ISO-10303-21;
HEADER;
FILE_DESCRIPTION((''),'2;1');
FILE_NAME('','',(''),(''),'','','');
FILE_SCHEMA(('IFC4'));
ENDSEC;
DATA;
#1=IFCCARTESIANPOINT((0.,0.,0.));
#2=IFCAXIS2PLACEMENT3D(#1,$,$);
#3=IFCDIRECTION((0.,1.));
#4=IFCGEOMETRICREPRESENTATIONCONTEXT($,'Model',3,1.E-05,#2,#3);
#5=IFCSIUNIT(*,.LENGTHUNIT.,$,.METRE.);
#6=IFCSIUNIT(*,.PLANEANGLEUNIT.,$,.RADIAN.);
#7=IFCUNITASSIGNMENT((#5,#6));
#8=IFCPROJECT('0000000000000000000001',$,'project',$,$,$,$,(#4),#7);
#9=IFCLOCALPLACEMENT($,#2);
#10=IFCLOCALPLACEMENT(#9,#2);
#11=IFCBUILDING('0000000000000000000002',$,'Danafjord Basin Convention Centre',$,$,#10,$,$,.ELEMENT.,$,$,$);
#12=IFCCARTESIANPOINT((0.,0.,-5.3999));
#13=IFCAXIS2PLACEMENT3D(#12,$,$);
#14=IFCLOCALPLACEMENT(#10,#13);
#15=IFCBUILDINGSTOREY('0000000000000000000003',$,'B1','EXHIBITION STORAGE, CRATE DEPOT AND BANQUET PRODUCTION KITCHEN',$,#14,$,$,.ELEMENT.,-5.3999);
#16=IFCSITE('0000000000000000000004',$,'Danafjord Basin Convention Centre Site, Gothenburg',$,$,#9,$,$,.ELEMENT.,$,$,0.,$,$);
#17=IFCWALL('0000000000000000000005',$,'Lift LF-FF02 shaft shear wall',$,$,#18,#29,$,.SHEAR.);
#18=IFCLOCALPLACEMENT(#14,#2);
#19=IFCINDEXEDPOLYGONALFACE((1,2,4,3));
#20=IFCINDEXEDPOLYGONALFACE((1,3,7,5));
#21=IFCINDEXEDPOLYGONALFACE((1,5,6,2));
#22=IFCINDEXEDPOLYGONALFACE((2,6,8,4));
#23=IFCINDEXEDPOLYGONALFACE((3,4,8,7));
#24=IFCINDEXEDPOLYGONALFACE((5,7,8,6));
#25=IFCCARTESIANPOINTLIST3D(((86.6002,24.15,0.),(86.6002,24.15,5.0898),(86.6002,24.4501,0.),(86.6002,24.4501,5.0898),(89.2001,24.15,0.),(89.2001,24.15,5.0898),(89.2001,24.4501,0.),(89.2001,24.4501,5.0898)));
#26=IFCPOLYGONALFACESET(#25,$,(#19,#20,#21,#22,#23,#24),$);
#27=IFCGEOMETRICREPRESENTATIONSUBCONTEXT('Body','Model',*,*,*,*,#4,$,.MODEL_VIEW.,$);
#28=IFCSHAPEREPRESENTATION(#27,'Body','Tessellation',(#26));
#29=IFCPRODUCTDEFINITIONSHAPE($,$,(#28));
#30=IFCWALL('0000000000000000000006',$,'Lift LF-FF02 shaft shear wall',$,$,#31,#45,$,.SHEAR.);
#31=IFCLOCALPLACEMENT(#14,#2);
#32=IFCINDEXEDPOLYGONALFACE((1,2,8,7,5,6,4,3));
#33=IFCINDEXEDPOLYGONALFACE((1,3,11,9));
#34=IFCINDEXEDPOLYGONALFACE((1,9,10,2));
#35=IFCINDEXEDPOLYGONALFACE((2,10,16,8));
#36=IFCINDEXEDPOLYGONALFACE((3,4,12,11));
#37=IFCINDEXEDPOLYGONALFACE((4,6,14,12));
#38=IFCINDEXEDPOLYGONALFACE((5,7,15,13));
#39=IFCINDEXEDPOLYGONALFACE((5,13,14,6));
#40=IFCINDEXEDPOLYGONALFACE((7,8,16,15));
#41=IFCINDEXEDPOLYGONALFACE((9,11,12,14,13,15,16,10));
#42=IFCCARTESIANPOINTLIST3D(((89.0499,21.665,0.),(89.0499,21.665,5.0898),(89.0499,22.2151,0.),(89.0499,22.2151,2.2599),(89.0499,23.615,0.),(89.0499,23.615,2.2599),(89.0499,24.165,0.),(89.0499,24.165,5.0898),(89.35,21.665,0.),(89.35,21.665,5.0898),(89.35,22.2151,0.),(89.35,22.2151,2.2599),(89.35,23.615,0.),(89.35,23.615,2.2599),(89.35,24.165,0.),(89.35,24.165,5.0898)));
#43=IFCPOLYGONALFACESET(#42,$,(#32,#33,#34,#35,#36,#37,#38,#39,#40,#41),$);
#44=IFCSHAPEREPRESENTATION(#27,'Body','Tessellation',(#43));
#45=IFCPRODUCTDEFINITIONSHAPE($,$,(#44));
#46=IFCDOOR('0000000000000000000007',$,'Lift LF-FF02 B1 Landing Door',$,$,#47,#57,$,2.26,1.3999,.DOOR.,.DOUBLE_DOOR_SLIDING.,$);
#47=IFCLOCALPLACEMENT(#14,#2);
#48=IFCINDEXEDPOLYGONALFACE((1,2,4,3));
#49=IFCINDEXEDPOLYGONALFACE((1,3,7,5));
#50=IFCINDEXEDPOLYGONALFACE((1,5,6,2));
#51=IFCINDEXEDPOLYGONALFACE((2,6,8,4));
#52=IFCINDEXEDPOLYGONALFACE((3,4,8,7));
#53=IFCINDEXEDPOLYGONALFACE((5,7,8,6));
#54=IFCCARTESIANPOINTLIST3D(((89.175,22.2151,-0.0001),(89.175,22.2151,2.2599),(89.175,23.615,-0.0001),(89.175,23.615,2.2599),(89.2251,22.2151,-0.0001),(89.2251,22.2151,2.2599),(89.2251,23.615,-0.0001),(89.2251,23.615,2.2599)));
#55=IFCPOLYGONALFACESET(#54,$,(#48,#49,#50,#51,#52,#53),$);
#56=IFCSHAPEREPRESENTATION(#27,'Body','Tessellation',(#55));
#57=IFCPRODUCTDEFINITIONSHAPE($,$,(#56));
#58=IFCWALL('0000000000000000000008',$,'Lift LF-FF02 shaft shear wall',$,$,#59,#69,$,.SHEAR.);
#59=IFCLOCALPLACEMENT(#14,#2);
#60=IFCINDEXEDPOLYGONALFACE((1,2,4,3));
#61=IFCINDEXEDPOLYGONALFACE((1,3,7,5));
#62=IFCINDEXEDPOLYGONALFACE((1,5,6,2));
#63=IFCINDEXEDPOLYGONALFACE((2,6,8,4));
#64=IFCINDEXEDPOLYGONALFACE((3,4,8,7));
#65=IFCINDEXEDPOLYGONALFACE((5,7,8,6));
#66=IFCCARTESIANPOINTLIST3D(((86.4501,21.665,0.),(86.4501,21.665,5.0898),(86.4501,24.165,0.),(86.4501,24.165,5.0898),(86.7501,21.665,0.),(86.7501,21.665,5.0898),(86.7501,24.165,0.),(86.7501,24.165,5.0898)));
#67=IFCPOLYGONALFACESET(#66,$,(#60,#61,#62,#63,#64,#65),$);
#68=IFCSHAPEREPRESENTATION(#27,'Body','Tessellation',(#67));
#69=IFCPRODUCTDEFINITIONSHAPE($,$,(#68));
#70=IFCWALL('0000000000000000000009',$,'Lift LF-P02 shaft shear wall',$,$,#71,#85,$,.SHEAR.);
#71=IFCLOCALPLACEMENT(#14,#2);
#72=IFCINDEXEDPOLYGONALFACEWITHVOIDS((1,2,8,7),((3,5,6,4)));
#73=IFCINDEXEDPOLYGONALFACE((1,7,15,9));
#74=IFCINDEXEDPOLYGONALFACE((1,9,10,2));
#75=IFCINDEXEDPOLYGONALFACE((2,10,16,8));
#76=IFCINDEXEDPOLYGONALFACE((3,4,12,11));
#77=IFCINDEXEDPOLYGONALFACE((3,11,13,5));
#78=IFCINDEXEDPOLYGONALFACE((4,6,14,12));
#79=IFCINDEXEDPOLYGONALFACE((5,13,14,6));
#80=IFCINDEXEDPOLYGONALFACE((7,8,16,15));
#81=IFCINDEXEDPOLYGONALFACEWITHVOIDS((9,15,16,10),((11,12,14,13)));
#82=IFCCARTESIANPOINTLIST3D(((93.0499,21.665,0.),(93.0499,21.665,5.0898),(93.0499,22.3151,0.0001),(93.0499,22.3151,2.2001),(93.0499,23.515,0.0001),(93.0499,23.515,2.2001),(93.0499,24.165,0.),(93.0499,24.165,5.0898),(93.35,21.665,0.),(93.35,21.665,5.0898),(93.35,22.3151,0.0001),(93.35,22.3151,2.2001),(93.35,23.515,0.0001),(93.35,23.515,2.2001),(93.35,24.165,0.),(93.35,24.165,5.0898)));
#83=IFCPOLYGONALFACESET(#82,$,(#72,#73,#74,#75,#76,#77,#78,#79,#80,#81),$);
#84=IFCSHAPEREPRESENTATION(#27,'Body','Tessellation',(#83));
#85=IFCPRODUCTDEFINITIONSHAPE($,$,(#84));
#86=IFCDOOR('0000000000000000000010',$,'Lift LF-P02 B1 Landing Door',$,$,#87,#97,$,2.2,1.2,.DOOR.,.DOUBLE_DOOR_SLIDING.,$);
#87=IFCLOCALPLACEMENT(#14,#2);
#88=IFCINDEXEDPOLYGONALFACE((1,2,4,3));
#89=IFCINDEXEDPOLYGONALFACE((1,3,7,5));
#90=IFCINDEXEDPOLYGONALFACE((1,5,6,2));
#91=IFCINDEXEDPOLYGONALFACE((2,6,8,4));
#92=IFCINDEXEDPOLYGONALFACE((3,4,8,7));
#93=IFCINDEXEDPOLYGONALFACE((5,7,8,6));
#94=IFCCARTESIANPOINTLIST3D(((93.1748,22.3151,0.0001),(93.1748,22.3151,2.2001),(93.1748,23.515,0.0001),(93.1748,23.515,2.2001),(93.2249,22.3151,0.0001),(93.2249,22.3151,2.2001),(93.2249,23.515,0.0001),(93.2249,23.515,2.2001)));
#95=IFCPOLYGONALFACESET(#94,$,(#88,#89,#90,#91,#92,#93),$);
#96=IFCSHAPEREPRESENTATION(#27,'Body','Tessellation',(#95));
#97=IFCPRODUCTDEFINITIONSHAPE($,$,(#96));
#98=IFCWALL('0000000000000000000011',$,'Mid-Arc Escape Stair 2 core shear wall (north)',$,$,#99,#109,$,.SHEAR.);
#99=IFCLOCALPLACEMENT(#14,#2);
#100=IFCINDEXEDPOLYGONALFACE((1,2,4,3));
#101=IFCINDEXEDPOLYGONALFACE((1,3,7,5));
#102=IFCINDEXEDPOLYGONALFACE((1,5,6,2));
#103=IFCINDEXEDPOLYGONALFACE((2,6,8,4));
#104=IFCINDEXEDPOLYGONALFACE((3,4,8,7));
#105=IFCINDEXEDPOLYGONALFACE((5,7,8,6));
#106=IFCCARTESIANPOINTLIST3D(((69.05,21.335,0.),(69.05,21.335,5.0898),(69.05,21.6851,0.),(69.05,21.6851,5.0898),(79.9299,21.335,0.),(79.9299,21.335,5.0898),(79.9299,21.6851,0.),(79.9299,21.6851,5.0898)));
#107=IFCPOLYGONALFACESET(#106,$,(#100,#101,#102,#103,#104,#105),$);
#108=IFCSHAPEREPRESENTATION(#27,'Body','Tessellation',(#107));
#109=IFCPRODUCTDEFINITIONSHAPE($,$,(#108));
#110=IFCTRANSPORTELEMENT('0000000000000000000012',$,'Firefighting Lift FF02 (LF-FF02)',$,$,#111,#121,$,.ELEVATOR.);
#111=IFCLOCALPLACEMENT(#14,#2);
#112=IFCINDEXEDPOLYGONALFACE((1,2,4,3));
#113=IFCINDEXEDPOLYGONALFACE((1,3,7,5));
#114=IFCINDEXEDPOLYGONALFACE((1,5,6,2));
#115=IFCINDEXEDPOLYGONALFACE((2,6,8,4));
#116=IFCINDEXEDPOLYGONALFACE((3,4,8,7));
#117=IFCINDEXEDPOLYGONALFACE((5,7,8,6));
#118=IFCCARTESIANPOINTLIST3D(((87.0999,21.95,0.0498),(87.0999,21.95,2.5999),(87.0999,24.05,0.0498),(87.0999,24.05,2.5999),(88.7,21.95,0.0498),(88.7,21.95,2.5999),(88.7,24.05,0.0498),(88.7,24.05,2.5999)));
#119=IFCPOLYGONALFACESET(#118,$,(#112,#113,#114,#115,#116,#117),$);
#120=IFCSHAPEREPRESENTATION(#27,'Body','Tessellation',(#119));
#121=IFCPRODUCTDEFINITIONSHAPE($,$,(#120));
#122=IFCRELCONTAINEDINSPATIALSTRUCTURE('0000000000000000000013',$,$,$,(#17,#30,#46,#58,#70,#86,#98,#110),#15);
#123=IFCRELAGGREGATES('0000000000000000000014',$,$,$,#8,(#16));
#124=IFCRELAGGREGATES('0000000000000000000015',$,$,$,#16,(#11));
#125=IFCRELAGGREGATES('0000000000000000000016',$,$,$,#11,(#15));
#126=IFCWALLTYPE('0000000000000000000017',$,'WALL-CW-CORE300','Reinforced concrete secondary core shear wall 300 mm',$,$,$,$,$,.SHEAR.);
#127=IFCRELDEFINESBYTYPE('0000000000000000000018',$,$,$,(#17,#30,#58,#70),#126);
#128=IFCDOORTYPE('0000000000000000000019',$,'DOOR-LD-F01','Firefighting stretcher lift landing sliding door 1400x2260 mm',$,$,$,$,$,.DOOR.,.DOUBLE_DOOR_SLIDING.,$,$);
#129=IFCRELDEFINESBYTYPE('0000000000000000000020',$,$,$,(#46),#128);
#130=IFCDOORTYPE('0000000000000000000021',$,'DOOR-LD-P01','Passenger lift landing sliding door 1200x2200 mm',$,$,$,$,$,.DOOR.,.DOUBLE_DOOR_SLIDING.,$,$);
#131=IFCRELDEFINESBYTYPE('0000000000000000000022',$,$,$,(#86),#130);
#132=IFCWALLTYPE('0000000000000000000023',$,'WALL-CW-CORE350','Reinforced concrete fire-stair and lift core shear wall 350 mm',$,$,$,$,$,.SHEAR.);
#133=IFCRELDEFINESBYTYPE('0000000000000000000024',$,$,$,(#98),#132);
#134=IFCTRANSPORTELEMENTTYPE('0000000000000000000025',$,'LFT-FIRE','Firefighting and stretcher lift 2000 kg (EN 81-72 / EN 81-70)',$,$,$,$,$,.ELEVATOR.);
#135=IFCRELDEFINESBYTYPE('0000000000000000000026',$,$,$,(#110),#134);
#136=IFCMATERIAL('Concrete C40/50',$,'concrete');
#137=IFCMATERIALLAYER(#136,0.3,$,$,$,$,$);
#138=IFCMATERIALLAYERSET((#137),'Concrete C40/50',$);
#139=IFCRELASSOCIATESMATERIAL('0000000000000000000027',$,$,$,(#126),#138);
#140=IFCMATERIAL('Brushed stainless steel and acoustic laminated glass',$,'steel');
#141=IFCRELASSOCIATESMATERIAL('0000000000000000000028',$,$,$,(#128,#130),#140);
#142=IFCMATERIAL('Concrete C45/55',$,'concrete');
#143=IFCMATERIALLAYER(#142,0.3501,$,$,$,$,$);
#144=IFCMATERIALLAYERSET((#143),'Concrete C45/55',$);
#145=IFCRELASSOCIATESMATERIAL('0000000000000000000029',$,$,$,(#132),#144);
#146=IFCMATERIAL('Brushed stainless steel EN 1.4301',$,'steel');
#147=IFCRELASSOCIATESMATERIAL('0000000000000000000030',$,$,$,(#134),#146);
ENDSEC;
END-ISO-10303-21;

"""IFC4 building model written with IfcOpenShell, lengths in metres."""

from ifc_helpers import new_model, si_unit, direction, frame, frame_2d, origin, origin_2d, place, context, subcontext, project, spatial, rectangle, extrude, material, layer, layer_set, type_object, element, fill, save


model = new_model("IFC4")

# Units and contexts
model_context = context("Model", 3, precision=1e-05, world=origin(), true_north=direction((0.0, 1.0)))
body_context = subcontext(model_context, "Body", "Model", "MODEL_VIEW")
ifc_project = project(units=[si_unit("LENGTHUNIT", "METRE"), si_unit("PLANEANGLEUNIT", "RADIAN")], contexts=[model_context])

# Site, building, storey
site_placement = place(None, origin())
site = spatial("IfcSite", under=ifc_project, at=site_placement, Name="Danafjord Basin Convention Centre Site, Gothenburg", CompositionType="ELEMENT", RefElevation=0.0)
building_placement = place(site_placement, origin())
building = spatial("IfcBuilding", under=site, at=building_placement, Name="Danafjord Basin Convention Centre", CompositionType="ELEMENT")
storey_placement = place(building_placement, frame((0.0, 0.0, -5.3999)))
storey = spatial("IfcBuildingStorey", under=building, at=storey_placement, Name="B1", Description="EXHIBITION STORAGE, CRATE DEPOT AND BANQUET PRODUCTION KITCHEN", CompositionType="ELEMENT", Elevation=-5.3999)

# Shared definitions
ifc_material_1 = material(Name="Concrete C40/50", Category="concrete")

# Shared definitions
ifc_material_2 = material(Name="Concrete C45/55", Category="concrete")

# Wall
ifc_layer_1 = layer(ifc_material_1, 0.3)
ifc_layer_set_1 = layer_set([ifc_layer_1], Name="Concrete C40/50")
wall_type_1 = type_object("IfcWallType", Name="WALL-CW-CORE300", Description="Reinforced concrete secondary core shear wall 300 mm", PredefinedType="SHEAR", material=ifc_layer_set_1)
wall_1_placement = place(storey_placement, frame((89.2, 24.3, 0.0), z_axis=(0.0, 0.0, 1.0), x_axis=(-1.0, 0.0, 0.0)))
element("IfcWall", 1, at=wall_1_placement, inside=storey, type_object=wall_type_1, Name="Lift LF-FF02 shaft shear wall", PredefinedType="SHEAR", context=body_context, shape_type="SweptSolid", body=[
    extrude(rectangle(XDim=2.5999, YDim=0.3, at=frame_2d((1.2998, 0.0))), origin(), (0.0, 0.0, 1.0), 5.0898),
])

# Wall, opening, door
wall_2_placement = place(storey_placement, frame((89.2, 21.665, 0.0), z_axis=(0.0, 0.0, 1.0), x_axis=(0.0, 1.0, 0.0)))
wall_2 = element("IfcWall", 2, at=wall_2_placement, inside=storey, type_object=wall_type_1, Name="Lift LF-FF02 shaft shear wall", PredefinedType="SHEAR", context=body_context, shape_type="SweptSolid", body=[
    extrude(rectangle(XDim=2.5, YDim=0.3, at=frame_2d((1.25, 0.0))), origin(), (0.0, 0.0, 1.0), 5.0898),
])
opening_1_placement = place(wall_2_placement, frame((0.55, 0.0, 0.0)))
opening_1 = element("IfcOpeningElement", 3, at=opening_1_placement, cuts=wall_2, PredefinedType="OPENING", context=body_context, shape_type="SweptSolid", body=[
    extrude(rectangle(XDim=1.3999, YDim=2.26, at=frame_2d((0.7, 1.1299))), frame((0.0, 0.1599, 0.0), z_axis=(0.0, -1.0, 0.0), x_axis=(1.0, 0.0, 0.0)), (0.0, 0.0, 1.0), 0.3201),
])
ifc_material_3 = material(Name="Brushed stainless steel and acoustic laminated glass", Category="steel")
door_type_1 = type_object("IfcDoorType", Name="DOOR-LD-F01", Description="Firefighting stretcher lift landing sliding door 1400x2260 mm", OperationType="DOUBLE_DOOR_SLIDING", PredefinedType="DOOR", material=ifc_material_3)
door_1_placement = place(opening_1_placement, origin())
door_1 = element("IfcDoor", 4, at=door_1_placement, inside=storey, type_object=door_type_1, Name="Lift LF-FF02 B1 Landing Door", OperationType="DOUBLE_DOOR_SLIDING", OverallHeight=2.26, OverallWidth=1.3999, PredefinedType="DOOR", context=body_context, shape_type="SweptSolid", body=[
    extrude(rectangle(XDim=1.3999, YDim=2.26, at=frame_2d((0.7, 1.1299))), frame((0.0, 0.0249, 0.0), z_axis=(0.0, -1.0, 0.0), x_axis=(1.0, 0.0, 0.0)), (0.0, 0.0, 1.0), 0.05),
])
fill(opening_1, door_1)

# Wall
wall_3_placement = place(storey_placement, frame((86.6001, 24.165, 0.0), z_axis=(0.0, 0.0, 1.0), x_axis=(0.0, -1.0, 0.0)))
element("IfcWall", 5, at=wall_3_placement, inside=storey, type_object=wall_type_1, Name="Lift LF-FF02 shaft shear wall", PredefinedType="SHEAR", context=body_context, shape_type="SweptSolid", body=[
    extrude(rectangle(XDim=2.5, YDim=0.3, at=frame_2d((1.25, 0.0))), origin(), (0.0, 0.0, 1.0), 5.0898),
])

# Wall, opening, door
wall_4_placement = place(storey_placement, frame((93.2, 24.165, 0.0), z_axis=(0.0, 0.0, 1.0), x_axis=(0.0, -1.0, 0.0)))
wall_4 = element("IfcWall", 6, at=wall_4_placement, inside=storey, type_object=wall_type_1, Name="Lift LF-P02 shaft shear wall", PredefinedType="SHEAR", context=body_context, shape_type="SweptSolid", body=[
    extrude(rectangle(XDim=2.5, YDim=0.3, at=frame_2d((1.25, 0.0))), origin(), (0.0, 0.0, 1.0), 5.0898),
])
opening_2_placement = place(wall_4_placement, frame((0.6499, 0.0, 0.0)))
opening_2 = element("IfcOpeningElement", 7, at=opening_2_placement, cuts=wall_4, PredefinedType="OPENING", context=body_context, shape_type="SweptSolid", body=[
    extrude(rectangle(XDim=1.2, YDim=2.2, at=frame_2d((0.6001, 1.1001))), frame((0.0, 0.1599, 0.0), z_axis=(0.0, -1.0, 0.0), x_axis=(1.0, 0.0, 0.0)), (0.0, 0.0, 1.0), 0.3201),
])
door_type_2 = type_object("IfcDoorType", Name="DOOR-LD-P01", Description="Passenger lift landing sliding door 1200x2200 mm", OperationType="DOUBLE_DOOR_SLIDING", PredefinedType="DOOR", material=ifc_material_3)
door_2_placement = place(opening_2_placement, origin())
door_2 = element("IfcDoor", 8, at=door_2_placement, inside=storey, type_object=door_type_2, Name="Lift LF-P02 B1 Landing Door", OperationType="DOUBLE_DOOR_SLIDING", OverallHeight=2.2, OverallWidth=1.2, PredefinedType="DOOR", context=body_context, shape_type="SweptSolid", body=[
    extrude(rectangle(XDim=1.2, YDim=2.2, at=frame_2d((0.6001, 1.1001))), frame((0.0, 0.0249, 0.0), z_axis=(0.0, -1.0, 0.0), x_axis=(1.0, 0.0, 0.0)), (0.0, 0.0, 1.0), 0.05),
])
fill(opening_2, door_2)

# Wall
ifc_layer_2 = layer(ifc_material_2, 0.3501)
ifc_layer_set_2 = layer_set([ifc_layer_2], Name="Concrete C45/55")
wall_type_2 = type_object("IfcWallType", Name="WALL-CW-CORE350", Description="Reinforced concrete fire-stair and lift core shear wall 350 mm", PredefinedType="SHEAR", material=ifc_layer_set_2)
wall_5_placement = place(storey_placement, frame((79.9299, 21.51, 0.0), z_axis=(0.0, 0.0, 1.0), x_axis=(-1.0, 0.0, 0.0)))
element("IfcWall", 9, at=wall_5_placement, inside=storey, type_object=wall_type_2, Name="Mid-Arc Escape Stair 2 core shear wall (north)", PredefinedType="SHEAR", context=body_context, shape_type="SweptSolid", body=[
    extrude(rectangle(XDim=10.8799, YDim=0.3501, at=frame_2d((5.4399, 0.0))), origin(), (0.0, 0.0, 1.0), 5.0898),
])

# Transport element
ifc_material_4 = material(Name="Brushed stainless steel EN 1.4301", Category="steel")
transport_element_type = type_object("IfcTransportElementType", Name="LFT-FIRE", Description="Firefighting and stretcher lift 2000 kg (EN 81-72 / EN 81-70)", PredefinedType="ELEVATOR", material=ifc_material_4)
transport_element_placement = place(storey_placement, frame((87.8999, 23.0, 0.0498), z_axis=(0.0, 0.0, 1.0), x_axis=(1.0, 0.0, 0.0)))
element("IfcTransportElement", 10, at=transport_element_placement, inside=storey, type_object=transport_element_type, Name="Firefighting Lift FF02 (LF-FF02)", PredefinedType="ELEVATOR", context=body_context, shape_type="SweptSolid", body=[
    extrude(rectangle(XDim=1.6001, YDim=2.1001, at=origin_2d()), origin(), (0.0, 0.0, 1.0), 2.55),
])

save(model, "model.ifc")
